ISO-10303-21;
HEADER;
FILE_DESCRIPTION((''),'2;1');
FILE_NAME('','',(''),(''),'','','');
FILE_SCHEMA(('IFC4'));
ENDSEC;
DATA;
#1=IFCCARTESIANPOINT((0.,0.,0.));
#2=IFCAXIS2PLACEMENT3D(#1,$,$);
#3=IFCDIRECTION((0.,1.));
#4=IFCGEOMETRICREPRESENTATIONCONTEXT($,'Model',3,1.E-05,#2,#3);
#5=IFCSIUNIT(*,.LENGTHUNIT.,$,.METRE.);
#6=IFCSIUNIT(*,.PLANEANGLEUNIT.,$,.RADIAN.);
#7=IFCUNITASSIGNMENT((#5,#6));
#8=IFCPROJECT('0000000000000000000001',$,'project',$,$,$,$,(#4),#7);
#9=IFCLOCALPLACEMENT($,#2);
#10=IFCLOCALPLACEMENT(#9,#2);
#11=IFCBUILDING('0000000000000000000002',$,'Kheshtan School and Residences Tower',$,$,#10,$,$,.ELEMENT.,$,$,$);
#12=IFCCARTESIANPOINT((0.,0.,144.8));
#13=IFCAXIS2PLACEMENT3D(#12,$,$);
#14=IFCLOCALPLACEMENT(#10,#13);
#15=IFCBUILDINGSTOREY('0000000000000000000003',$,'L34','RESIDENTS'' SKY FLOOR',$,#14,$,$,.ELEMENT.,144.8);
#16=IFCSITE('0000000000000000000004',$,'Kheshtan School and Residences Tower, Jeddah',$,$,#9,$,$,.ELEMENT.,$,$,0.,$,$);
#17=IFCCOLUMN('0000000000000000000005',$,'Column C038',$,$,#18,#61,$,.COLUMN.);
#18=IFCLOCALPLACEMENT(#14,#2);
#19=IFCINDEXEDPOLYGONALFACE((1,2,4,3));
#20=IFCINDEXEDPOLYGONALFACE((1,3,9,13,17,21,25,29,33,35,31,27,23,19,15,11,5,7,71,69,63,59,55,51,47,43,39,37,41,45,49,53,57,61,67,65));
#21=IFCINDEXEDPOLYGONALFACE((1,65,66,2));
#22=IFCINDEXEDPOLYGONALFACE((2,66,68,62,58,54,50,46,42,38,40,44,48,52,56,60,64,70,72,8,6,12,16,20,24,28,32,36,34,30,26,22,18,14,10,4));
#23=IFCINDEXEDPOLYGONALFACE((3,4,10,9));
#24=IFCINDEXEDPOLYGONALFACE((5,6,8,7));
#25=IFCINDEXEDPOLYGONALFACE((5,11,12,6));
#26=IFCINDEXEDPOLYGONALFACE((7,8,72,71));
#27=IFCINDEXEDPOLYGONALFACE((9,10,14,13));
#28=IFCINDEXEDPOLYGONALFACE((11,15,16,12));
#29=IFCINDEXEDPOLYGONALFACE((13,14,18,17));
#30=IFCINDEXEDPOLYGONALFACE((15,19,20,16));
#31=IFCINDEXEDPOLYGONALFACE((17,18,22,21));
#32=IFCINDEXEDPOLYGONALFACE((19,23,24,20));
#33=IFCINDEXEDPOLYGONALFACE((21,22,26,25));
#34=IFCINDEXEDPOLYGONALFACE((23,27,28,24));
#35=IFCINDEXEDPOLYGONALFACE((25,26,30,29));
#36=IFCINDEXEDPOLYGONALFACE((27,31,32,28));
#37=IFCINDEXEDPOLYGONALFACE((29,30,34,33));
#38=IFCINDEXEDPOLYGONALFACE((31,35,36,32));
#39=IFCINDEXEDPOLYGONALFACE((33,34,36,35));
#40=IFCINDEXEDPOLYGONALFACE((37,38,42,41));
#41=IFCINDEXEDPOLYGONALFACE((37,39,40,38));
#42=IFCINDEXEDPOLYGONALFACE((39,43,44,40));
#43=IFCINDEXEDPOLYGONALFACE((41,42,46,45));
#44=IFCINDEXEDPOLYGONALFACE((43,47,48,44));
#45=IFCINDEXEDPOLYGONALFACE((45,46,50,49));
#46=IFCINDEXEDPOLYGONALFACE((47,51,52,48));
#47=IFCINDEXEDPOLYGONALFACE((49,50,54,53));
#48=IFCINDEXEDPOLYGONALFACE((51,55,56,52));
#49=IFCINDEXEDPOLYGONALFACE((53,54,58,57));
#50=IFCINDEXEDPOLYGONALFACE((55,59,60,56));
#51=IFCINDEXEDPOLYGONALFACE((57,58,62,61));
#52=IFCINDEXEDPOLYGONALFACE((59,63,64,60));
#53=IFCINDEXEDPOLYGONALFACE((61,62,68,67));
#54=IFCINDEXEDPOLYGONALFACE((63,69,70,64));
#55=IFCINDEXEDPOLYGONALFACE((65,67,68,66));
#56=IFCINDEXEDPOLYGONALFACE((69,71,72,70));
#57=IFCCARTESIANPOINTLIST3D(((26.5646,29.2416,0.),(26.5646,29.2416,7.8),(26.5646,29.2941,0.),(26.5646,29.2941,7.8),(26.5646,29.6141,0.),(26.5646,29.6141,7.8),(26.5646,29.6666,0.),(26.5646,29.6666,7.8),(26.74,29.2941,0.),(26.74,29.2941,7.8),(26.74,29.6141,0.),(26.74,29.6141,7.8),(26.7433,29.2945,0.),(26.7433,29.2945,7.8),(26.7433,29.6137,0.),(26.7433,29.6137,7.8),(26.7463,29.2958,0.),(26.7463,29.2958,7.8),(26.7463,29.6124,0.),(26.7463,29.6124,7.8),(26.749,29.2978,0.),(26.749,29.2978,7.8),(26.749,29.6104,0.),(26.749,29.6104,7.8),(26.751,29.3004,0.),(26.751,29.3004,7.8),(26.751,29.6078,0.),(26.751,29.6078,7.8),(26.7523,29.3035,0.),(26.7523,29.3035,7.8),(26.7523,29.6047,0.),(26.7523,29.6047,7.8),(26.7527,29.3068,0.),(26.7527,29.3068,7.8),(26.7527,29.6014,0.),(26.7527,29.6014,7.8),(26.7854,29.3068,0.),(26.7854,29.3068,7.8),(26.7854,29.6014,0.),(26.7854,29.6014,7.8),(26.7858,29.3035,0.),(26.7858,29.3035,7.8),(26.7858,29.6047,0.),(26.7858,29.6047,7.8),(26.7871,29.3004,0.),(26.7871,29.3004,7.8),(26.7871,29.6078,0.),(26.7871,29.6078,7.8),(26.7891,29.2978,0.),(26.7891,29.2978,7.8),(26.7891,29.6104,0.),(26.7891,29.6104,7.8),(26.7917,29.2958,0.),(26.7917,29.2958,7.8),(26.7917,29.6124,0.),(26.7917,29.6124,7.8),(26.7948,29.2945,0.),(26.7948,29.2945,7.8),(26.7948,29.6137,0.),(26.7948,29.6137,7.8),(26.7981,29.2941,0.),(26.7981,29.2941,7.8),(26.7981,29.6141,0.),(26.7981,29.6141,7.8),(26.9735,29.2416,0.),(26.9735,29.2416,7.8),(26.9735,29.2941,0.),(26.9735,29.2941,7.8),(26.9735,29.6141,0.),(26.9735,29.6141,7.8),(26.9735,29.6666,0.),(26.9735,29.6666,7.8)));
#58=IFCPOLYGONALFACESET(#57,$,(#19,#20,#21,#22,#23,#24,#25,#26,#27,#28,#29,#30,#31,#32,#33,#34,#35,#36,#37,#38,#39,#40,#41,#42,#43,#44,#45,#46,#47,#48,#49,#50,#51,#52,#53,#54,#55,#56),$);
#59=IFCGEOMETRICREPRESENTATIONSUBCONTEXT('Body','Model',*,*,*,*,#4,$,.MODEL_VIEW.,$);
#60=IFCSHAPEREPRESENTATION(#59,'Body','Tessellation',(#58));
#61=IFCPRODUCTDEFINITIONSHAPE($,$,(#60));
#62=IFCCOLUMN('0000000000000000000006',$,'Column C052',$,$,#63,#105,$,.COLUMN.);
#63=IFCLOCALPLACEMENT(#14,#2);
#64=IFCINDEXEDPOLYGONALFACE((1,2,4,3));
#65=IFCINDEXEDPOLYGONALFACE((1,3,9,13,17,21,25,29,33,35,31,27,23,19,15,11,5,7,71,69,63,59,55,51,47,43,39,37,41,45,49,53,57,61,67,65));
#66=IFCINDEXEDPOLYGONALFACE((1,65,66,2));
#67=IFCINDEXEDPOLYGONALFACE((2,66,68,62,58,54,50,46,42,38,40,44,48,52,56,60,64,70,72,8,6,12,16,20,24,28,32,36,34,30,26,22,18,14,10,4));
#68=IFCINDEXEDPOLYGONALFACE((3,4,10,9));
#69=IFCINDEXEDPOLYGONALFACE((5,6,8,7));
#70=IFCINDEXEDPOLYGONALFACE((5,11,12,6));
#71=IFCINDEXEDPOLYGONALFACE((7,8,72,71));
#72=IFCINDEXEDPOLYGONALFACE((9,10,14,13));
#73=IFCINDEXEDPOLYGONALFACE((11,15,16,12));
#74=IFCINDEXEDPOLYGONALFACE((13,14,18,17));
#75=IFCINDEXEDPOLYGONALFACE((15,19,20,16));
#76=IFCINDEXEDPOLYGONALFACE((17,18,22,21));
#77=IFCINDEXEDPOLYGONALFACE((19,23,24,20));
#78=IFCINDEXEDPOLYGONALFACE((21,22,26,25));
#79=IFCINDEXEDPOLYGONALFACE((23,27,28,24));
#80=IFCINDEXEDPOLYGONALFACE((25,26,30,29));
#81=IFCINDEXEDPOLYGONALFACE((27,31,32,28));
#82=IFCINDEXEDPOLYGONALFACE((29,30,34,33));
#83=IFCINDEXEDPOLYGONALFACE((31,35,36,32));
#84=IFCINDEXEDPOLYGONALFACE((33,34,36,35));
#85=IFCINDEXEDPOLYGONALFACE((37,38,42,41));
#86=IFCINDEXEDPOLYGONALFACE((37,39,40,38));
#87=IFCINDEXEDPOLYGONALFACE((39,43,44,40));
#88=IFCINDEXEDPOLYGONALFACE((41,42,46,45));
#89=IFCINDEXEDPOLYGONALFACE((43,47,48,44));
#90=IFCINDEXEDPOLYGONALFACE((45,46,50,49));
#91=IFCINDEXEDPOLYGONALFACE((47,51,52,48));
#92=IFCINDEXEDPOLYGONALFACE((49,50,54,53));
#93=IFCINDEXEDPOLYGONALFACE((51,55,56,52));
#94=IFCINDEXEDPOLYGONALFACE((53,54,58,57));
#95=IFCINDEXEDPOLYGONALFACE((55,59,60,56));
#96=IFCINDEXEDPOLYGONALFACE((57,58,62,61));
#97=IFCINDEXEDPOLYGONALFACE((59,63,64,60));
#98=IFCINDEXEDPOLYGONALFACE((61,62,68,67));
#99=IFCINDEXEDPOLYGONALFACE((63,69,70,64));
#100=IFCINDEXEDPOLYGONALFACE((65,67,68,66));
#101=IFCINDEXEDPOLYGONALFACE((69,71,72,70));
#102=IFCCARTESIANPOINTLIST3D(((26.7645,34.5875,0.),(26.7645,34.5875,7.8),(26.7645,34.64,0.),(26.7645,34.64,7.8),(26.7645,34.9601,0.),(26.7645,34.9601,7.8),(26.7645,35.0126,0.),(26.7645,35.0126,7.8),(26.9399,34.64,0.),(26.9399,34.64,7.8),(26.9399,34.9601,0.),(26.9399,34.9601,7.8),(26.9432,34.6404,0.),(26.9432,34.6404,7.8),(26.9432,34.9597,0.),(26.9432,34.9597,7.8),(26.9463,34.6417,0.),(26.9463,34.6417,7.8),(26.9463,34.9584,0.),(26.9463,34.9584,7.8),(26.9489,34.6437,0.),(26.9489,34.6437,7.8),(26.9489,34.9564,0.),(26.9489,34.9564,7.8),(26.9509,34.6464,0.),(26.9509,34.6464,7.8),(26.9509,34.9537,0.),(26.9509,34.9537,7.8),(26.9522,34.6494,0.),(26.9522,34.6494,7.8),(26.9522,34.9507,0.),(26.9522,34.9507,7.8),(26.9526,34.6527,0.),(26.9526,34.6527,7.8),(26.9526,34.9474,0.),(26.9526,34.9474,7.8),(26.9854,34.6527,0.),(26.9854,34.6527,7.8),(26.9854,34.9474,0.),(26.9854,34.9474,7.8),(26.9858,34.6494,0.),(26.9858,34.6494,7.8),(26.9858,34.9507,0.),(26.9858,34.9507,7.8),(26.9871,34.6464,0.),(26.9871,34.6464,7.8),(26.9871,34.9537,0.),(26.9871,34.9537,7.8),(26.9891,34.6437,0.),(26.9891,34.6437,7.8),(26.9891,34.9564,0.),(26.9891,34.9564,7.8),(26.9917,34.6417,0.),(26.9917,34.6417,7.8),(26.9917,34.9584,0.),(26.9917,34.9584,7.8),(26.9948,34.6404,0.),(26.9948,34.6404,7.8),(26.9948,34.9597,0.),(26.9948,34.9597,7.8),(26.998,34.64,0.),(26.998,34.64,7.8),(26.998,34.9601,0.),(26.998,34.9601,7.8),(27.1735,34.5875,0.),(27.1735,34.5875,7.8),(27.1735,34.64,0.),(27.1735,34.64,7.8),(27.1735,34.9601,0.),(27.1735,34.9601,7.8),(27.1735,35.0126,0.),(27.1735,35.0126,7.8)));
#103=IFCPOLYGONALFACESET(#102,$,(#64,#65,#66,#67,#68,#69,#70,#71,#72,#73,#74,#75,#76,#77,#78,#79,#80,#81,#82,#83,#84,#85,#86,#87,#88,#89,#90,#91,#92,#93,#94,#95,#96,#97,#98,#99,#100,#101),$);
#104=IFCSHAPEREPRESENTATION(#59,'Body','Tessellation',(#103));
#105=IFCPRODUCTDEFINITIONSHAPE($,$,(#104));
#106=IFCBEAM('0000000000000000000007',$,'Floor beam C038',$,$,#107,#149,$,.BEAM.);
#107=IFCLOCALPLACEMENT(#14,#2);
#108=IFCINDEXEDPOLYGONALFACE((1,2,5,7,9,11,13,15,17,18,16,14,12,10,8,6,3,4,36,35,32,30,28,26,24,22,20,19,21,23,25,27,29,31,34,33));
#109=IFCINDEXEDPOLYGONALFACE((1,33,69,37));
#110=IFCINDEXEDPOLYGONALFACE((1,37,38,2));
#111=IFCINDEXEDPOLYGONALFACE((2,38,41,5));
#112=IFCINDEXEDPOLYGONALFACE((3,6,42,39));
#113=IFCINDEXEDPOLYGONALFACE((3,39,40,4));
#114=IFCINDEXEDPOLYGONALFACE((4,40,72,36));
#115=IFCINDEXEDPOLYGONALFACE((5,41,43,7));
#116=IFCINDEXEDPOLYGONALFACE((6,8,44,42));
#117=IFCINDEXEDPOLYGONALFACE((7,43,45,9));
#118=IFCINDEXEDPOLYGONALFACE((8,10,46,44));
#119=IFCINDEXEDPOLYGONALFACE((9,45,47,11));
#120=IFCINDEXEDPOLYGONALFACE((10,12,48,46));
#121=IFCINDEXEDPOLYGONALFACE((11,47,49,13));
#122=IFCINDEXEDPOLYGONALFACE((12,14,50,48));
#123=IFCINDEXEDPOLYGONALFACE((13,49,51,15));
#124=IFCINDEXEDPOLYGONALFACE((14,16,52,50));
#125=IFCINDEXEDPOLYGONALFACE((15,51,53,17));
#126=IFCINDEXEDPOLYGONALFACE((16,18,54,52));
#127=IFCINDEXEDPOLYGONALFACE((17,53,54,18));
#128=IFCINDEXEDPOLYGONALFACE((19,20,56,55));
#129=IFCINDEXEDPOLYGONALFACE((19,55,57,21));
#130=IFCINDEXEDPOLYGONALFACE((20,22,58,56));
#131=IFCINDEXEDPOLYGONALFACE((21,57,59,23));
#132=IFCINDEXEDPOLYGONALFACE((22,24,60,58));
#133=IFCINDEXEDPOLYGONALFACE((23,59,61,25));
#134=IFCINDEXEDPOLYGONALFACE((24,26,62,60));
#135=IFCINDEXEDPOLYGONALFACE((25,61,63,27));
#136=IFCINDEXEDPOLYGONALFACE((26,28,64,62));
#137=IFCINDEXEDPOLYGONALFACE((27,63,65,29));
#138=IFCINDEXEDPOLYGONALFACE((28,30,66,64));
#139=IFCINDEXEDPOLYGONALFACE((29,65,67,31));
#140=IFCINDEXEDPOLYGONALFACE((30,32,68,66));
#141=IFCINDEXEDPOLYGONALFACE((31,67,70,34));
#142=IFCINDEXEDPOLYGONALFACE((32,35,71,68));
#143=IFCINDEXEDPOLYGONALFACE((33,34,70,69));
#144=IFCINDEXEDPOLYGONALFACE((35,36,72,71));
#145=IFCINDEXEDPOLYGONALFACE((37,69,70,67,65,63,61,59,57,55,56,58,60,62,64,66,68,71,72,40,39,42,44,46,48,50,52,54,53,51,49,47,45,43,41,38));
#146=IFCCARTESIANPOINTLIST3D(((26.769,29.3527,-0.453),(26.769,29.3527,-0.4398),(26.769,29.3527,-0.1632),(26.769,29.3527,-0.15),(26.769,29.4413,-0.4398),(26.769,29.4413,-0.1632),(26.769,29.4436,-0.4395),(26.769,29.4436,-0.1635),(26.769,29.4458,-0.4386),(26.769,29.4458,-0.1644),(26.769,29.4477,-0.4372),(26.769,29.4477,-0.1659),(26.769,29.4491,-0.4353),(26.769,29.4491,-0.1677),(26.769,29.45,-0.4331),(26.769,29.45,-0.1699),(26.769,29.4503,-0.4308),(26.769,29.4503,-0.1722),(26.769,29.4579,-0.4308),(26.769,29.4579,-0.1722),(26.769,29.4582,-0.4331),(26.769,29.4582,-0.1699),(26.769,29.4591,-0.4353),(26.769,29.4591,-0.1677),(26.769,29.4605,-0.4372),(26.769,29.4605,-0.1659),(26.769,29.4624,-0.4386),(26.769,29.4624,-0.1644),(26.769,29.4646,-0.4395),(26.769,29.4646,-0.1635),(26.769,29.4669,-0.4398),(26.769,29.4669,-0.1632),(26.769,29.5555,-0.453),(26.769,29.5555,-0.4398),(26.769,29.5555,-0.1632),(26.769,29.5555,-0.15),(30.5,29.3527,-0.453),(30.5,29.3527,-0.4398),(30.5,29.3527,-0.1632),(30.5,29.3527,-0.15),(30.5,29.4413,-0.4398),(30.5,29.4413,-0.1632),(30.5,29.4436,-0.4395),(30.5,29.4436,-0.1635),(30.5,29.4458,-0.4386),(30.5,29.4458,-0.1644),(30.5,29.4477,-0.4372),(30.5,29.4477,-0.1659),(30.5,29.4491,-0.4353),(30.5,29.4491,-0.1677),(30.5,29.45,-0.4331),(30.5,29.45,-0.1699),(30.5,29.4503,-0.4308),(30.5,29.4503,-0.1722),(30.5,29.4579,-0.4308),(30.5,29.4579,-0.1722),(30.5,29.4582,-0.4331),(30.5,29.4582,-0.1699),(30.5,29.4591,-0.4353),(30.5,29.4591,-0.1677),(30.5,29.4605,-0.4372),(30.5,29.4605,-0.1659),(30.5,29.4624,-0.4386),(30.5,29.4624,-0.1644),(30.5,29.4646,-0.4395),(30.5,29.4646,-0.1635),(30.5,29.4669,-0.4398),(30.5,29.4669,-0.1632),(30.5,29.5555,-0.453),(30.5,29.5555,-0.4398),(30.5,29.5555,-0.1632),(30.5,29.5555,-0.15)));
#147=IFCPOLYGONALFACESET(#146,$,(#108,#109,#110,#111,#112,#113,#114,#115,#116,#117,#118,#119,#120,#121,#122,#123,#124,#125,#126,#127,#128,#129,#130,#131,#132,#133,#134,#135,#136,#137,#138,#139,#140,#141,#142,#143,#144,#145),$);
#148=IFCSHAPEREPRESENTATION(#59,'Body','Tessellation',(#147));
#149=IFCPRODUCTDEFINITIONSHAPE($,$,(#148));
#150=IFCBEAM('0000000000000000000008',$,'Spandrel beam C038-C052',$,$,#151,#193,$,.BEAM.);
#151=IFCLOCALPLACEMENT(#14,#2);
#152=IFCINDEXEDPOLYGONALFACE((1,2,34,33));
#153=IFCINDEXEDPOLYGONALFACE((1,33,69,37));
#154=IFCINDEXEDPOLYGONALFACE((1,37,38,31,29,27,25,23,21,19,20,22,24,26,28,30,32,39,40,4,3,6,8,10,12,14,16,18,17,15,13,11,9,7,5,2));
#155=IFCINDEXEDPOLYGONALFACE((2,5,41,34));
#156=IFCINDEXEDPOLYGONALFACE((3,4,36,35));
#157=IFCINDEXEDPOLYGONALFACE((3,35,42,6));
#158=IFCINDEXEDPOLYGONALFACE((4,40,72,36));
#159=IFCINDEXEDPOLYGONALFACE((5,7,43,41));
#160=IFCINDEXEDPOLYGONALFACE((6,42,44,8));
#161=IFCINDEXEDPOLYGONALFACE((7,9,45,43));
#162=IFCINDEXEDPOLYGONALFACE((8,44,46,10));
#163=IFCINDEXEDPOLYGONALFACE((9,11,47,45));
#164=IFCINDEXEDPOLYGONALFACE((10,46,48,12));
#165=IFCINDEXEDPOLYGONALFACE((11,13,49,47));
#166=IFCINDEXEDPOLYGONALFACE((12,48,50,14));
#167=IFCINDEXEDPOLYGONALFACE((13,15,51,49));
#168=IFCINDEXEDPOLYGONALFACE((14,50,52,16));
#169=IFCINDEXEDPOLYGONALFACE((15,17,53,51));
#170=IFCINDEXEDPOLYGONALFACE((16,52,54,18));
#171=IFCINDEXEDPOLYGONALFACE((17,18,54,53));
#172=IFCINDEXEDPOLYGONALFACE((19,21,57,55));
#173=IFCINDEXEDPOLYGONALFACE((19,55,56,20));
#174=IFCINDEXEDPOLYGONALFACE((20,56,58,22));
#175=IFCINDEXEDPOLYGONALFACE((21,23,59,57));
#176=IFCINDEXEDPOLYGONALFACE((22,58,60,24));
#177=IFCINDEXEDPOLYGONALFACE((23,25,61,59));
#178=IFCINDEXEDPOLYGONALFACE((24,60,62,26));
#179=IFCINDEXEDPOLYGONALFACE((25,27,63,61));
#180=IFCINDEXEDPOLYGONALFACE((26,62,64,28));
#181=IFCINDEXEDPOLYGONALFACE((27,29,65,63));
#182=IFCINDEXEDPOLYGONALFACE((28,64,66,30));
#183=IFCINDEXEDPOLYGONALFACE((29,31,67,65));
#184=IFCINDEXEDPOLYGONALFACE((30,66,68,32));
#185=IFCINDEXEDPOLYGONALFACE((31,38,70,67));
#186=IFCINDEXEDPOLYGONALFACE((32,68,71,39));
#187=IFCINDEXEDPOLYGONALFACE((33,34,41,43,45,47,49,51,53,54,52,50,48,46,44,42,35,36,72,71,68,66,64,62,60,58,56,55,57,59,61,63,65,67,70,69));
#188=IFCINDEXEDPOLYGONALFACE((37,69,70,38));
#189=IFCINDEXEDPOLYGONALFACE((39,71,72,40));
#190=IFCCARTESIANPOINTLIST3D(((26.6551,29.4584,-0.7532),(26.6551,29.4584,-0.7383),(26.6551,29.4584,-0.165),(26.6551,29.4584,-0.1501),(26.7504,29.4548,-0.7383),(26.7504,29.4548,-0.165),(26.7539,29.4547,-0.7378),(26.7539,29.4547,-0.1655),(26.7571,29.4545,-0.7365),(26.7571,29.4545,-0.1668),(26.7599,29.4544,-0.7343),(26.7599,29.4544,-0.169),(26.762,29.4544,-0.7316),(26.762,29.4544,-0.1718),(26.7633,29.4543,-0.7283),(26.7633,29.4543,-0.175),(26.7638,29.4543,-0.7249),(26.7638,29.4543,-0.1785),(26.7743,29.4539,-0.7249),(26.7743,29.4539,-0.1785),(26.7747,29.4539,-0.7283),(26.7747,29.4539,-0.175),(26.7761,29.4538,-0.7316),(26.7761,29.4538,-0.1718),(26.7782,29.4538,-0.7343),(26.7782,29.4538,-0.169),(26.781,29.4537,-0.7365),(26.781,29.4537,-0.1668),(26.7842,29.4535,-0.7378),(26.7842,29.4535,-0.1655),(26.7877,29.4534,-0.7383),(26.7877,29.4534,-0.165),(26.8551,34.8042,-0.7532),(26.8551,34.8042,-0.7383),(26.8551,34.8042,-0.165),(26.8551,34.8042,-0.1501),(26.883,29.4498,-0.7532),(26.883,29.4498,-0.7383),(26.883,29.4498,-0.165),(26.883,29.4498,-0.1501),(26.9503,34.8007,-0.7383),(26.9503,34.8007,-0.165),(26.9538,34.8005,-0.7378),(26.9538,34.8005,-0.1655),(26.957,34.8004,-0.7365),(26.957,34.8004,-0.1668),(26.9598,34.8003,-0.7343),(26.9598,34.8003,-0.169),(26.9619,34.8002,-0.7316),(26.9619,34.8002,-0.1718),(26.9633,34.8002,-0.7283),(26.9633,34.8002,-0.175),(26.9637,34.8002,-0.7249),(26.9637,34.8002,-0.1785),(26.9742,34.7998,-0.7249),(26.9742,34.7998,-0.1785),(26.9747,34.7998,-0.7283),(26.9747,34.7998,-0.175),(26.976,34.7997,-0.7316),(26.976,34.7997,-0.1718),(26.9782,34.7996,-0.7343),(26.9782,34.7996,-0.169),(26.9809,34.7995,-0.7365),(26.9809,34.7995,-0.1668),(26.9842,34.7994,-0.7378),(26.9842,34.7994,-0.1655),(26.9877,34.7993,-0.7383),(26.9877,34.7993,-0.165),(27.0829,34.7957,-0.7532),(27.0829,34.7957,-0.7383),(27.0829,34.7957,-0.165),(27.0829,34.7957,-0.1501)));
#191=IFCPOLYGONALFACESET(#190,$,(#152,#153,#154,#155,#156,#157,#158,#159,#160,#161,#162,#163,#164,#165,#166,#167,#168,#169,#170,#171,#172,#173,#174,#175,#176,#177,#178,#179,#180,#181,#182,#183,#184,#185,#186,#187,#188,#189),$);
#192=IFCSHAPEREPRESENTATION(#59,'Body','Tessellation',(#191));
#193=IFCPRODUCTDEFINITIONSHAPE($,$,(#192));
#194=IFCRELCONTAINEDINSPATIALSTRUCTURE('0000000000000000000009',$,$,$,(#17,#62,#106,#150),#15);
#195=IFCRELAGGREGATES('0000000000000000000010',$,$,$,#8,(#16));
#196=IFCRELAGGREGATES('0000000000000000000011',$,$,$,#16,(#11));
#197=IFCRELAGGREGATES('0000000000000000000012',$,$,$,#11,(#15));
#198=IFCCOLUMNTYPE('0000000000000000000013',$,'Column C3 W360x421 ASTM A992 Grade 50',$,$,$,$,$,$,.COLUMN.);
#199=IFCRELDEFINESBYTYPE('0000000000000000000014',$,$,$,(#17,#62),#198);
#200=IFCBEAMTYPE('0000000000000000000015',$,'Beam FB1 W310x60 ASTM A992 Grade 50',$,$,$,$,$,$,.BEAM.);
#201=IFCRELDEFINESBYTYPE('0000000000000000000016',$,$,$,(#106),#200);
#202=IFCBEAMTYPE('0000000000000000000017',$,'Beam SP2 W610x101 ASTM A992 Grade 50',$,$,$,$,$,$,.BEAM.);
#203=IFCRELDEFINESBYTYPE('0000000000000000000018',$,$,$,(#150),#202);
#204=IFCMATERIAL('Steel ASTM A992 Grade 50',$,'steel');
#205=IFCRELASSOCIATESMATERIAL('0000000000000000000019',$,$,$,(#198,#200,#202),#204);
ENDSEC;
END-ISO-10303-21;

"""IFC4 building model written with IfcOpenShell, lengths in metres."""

from ifc_helpers import new_model, si_unit, direction, frame, origin, origin_2d, place, context, subcontext, project, spatial, i_section, extrude, material, material_profile, profile_set, type_object, element, save


model = new_model("IFC4")

# Units and contexts
model_context = context("Model", 3, precision=1e-05, world=origin(), true_north=direction((0.0, 1.0)))
body_context = subcontext(model_context, "Body", "Model", "MODEL_VIEW")
ifc_project = project(units=[si_unit("LENGTHUNIT", "METRE"), si_unit("PLANEANGLEUNIT", "RADIAN")], contexts=[model_context])

# Site, building, storey
site_placement = place(None, origin())
site = spatial("IfcSite", under=ifc_project, at=site_placement, Name="Kheshtan School and Residences Tower, Jeddah", CompositionType="ELEMENT", RefElevation=0.0)
building_placement = place(site_placement, origin())
building = spatial("IfcBuilding", under=site, at=building_placement, Name="Kheshtan School and Residences Tower", CompositionType="ELEMENT")
storey_placement = place(building_placement, frame((0.0, 0.0, 144.8)))
storey = spatial("IfcBuildingStorey", under=building, at=storey_placement, Name="L34", Description="RESIDENTS' SKY FLOOR", CompositionType="ELEMENT", Elevation=144.8)

# Columns
ifc_material_1 = material(Name="Steel ASTM A992 Grade 50", Category="steel")
ifc_material_profile_1 = material_profile(ifc_material_1, i_section(OverallWidth=0.4089, OverallDepth=0.425, WebThickness=0.0327, FlangeThickness=0.0525, FilletRadius=0.0127, at=origin_2d()), Name="W360x421")
ifc_profile_set_1 = profile_set([ifc_material_profile_1], Name="Steel ASTM A992 Grade 50")
column_type = type_object("IfcColumnType", Name="Column C3 W360x421 ASTM A992 Grade 50", PredefinedType="COLUMN", material=ifc_profile_set_1)
for number, where, z_axis, x_axis, name in (
    (1, (26.769, 29.4541, 0.0), (0.0, 0.0, 1.0), (1.0, 0.0, 0.0), "Column C038"),
    (2, (26.969, 34.8, 0.0), (0.0, 0.0, 1.0), (1.0, 0.0, 0.0), "Column C052"),
):
    element("IfcColumn", number, at=place(storey_placement, frame(where, z_axis=z_axis, x_axis=x_axis)), inside=storey, type_object=column_type, Name=name, PredefinedType="COLUMN", context=body_context, shape_type="SweptSolid", body=[
        extrude(i_section(OverallWidth=0.4089, OverallDepth=0.425, WebThickness=0.0327, FlangeThickness=0.0525, FilletRadius=0.0127, at=origin_2d()), origin(), (0.0, 0.0, 1.0), 7.8),
    ])

# Beams
ifc_material_profile_2 = material_profile(ifc_material_1, i_section(OverallWidth=0.2029, OverallDepth=0.303, WebThickness=0.0076, FlangeThickness=0.0132, FilletRadius=0.009, at=origin_2d()), Name="W310x60")
ifc_profile_set_2 = profile_set([ifc_material_profile_2], Name="Steel ASTM A992 Grade 50")
beam_type_1 = type_object("IfcBeamType", Name="Beam FB1 W310x60 ASTM A992 Grade 50", PredefinedType="BEAM", material=ifc_profile_set_2)
beam_1_placement = place(storey_placement, frame((26.769, 29.4541, -0.3015), z_axis=(1.0, 0.0, 0.0), x_axis=(0.0, 1.0, 0.0)))
element("IfcBeam", 3, at=beam_1_placement, inside=storey, type_object=beam_type_1, Name="Floor beam C038", PredefinedType="BEAM", context=body_context, shape_type="SweptSolid", body=[
    extrude(i_section(OverallWidth=0.2029, OverallDepth=0.303, WebThickness=0.0076, FlangeThickness=0.0132, FilletRadius=0.009, at=origin_2d()), origin(), (0.0, 0.0, 1.0), 3.731),
])
ifc_material_profile_3 = material_profile(ifc_material_1, i_section(OverallWidth=0.228, OverallDepth=0.603, WebThickness=0.0105, FlangeThickness=0.0149, FilletRadius=0.0134, at=origin_2d()), Name="W610x101")
ifc_profile_set_3 = profile_set([ifc_material_profile_3], Name="Steel ASTM A992 Grade 50")
beam_type_2 = type_object("IfcBeamType", Name="Beam SP2 W610x101 ASTM A992 Grade 50", PredefinedType="BEAM", material=ifc_profile_set_3)
beam_2_placement = place(storey_placement, frame((26.769, 29.4541, -0.4517), z_axis=(0.037376, 0.999301, 0.0), x_axis=(-0.999301, 0.037376, 0.0)))
element("IfcBeam", 4, at=beam_2_placement, inside=storey, type_object=beam_type_2, Name="Spandrel beam C038-C052", PredefinedType="BEAM", context=body_context, shape_type="SweptSolid", body=[
    extrude(i_section(OverallWidth=0.228, OverallDepth=0.603, WebThickness=0.0105, FlangeThickness=0.0149, FilletRadius=0.0134, at=origin_2d()), origin(), (0.0, 0.0, 1.0), 5.3496),
])

save(model, "model.ifc")
